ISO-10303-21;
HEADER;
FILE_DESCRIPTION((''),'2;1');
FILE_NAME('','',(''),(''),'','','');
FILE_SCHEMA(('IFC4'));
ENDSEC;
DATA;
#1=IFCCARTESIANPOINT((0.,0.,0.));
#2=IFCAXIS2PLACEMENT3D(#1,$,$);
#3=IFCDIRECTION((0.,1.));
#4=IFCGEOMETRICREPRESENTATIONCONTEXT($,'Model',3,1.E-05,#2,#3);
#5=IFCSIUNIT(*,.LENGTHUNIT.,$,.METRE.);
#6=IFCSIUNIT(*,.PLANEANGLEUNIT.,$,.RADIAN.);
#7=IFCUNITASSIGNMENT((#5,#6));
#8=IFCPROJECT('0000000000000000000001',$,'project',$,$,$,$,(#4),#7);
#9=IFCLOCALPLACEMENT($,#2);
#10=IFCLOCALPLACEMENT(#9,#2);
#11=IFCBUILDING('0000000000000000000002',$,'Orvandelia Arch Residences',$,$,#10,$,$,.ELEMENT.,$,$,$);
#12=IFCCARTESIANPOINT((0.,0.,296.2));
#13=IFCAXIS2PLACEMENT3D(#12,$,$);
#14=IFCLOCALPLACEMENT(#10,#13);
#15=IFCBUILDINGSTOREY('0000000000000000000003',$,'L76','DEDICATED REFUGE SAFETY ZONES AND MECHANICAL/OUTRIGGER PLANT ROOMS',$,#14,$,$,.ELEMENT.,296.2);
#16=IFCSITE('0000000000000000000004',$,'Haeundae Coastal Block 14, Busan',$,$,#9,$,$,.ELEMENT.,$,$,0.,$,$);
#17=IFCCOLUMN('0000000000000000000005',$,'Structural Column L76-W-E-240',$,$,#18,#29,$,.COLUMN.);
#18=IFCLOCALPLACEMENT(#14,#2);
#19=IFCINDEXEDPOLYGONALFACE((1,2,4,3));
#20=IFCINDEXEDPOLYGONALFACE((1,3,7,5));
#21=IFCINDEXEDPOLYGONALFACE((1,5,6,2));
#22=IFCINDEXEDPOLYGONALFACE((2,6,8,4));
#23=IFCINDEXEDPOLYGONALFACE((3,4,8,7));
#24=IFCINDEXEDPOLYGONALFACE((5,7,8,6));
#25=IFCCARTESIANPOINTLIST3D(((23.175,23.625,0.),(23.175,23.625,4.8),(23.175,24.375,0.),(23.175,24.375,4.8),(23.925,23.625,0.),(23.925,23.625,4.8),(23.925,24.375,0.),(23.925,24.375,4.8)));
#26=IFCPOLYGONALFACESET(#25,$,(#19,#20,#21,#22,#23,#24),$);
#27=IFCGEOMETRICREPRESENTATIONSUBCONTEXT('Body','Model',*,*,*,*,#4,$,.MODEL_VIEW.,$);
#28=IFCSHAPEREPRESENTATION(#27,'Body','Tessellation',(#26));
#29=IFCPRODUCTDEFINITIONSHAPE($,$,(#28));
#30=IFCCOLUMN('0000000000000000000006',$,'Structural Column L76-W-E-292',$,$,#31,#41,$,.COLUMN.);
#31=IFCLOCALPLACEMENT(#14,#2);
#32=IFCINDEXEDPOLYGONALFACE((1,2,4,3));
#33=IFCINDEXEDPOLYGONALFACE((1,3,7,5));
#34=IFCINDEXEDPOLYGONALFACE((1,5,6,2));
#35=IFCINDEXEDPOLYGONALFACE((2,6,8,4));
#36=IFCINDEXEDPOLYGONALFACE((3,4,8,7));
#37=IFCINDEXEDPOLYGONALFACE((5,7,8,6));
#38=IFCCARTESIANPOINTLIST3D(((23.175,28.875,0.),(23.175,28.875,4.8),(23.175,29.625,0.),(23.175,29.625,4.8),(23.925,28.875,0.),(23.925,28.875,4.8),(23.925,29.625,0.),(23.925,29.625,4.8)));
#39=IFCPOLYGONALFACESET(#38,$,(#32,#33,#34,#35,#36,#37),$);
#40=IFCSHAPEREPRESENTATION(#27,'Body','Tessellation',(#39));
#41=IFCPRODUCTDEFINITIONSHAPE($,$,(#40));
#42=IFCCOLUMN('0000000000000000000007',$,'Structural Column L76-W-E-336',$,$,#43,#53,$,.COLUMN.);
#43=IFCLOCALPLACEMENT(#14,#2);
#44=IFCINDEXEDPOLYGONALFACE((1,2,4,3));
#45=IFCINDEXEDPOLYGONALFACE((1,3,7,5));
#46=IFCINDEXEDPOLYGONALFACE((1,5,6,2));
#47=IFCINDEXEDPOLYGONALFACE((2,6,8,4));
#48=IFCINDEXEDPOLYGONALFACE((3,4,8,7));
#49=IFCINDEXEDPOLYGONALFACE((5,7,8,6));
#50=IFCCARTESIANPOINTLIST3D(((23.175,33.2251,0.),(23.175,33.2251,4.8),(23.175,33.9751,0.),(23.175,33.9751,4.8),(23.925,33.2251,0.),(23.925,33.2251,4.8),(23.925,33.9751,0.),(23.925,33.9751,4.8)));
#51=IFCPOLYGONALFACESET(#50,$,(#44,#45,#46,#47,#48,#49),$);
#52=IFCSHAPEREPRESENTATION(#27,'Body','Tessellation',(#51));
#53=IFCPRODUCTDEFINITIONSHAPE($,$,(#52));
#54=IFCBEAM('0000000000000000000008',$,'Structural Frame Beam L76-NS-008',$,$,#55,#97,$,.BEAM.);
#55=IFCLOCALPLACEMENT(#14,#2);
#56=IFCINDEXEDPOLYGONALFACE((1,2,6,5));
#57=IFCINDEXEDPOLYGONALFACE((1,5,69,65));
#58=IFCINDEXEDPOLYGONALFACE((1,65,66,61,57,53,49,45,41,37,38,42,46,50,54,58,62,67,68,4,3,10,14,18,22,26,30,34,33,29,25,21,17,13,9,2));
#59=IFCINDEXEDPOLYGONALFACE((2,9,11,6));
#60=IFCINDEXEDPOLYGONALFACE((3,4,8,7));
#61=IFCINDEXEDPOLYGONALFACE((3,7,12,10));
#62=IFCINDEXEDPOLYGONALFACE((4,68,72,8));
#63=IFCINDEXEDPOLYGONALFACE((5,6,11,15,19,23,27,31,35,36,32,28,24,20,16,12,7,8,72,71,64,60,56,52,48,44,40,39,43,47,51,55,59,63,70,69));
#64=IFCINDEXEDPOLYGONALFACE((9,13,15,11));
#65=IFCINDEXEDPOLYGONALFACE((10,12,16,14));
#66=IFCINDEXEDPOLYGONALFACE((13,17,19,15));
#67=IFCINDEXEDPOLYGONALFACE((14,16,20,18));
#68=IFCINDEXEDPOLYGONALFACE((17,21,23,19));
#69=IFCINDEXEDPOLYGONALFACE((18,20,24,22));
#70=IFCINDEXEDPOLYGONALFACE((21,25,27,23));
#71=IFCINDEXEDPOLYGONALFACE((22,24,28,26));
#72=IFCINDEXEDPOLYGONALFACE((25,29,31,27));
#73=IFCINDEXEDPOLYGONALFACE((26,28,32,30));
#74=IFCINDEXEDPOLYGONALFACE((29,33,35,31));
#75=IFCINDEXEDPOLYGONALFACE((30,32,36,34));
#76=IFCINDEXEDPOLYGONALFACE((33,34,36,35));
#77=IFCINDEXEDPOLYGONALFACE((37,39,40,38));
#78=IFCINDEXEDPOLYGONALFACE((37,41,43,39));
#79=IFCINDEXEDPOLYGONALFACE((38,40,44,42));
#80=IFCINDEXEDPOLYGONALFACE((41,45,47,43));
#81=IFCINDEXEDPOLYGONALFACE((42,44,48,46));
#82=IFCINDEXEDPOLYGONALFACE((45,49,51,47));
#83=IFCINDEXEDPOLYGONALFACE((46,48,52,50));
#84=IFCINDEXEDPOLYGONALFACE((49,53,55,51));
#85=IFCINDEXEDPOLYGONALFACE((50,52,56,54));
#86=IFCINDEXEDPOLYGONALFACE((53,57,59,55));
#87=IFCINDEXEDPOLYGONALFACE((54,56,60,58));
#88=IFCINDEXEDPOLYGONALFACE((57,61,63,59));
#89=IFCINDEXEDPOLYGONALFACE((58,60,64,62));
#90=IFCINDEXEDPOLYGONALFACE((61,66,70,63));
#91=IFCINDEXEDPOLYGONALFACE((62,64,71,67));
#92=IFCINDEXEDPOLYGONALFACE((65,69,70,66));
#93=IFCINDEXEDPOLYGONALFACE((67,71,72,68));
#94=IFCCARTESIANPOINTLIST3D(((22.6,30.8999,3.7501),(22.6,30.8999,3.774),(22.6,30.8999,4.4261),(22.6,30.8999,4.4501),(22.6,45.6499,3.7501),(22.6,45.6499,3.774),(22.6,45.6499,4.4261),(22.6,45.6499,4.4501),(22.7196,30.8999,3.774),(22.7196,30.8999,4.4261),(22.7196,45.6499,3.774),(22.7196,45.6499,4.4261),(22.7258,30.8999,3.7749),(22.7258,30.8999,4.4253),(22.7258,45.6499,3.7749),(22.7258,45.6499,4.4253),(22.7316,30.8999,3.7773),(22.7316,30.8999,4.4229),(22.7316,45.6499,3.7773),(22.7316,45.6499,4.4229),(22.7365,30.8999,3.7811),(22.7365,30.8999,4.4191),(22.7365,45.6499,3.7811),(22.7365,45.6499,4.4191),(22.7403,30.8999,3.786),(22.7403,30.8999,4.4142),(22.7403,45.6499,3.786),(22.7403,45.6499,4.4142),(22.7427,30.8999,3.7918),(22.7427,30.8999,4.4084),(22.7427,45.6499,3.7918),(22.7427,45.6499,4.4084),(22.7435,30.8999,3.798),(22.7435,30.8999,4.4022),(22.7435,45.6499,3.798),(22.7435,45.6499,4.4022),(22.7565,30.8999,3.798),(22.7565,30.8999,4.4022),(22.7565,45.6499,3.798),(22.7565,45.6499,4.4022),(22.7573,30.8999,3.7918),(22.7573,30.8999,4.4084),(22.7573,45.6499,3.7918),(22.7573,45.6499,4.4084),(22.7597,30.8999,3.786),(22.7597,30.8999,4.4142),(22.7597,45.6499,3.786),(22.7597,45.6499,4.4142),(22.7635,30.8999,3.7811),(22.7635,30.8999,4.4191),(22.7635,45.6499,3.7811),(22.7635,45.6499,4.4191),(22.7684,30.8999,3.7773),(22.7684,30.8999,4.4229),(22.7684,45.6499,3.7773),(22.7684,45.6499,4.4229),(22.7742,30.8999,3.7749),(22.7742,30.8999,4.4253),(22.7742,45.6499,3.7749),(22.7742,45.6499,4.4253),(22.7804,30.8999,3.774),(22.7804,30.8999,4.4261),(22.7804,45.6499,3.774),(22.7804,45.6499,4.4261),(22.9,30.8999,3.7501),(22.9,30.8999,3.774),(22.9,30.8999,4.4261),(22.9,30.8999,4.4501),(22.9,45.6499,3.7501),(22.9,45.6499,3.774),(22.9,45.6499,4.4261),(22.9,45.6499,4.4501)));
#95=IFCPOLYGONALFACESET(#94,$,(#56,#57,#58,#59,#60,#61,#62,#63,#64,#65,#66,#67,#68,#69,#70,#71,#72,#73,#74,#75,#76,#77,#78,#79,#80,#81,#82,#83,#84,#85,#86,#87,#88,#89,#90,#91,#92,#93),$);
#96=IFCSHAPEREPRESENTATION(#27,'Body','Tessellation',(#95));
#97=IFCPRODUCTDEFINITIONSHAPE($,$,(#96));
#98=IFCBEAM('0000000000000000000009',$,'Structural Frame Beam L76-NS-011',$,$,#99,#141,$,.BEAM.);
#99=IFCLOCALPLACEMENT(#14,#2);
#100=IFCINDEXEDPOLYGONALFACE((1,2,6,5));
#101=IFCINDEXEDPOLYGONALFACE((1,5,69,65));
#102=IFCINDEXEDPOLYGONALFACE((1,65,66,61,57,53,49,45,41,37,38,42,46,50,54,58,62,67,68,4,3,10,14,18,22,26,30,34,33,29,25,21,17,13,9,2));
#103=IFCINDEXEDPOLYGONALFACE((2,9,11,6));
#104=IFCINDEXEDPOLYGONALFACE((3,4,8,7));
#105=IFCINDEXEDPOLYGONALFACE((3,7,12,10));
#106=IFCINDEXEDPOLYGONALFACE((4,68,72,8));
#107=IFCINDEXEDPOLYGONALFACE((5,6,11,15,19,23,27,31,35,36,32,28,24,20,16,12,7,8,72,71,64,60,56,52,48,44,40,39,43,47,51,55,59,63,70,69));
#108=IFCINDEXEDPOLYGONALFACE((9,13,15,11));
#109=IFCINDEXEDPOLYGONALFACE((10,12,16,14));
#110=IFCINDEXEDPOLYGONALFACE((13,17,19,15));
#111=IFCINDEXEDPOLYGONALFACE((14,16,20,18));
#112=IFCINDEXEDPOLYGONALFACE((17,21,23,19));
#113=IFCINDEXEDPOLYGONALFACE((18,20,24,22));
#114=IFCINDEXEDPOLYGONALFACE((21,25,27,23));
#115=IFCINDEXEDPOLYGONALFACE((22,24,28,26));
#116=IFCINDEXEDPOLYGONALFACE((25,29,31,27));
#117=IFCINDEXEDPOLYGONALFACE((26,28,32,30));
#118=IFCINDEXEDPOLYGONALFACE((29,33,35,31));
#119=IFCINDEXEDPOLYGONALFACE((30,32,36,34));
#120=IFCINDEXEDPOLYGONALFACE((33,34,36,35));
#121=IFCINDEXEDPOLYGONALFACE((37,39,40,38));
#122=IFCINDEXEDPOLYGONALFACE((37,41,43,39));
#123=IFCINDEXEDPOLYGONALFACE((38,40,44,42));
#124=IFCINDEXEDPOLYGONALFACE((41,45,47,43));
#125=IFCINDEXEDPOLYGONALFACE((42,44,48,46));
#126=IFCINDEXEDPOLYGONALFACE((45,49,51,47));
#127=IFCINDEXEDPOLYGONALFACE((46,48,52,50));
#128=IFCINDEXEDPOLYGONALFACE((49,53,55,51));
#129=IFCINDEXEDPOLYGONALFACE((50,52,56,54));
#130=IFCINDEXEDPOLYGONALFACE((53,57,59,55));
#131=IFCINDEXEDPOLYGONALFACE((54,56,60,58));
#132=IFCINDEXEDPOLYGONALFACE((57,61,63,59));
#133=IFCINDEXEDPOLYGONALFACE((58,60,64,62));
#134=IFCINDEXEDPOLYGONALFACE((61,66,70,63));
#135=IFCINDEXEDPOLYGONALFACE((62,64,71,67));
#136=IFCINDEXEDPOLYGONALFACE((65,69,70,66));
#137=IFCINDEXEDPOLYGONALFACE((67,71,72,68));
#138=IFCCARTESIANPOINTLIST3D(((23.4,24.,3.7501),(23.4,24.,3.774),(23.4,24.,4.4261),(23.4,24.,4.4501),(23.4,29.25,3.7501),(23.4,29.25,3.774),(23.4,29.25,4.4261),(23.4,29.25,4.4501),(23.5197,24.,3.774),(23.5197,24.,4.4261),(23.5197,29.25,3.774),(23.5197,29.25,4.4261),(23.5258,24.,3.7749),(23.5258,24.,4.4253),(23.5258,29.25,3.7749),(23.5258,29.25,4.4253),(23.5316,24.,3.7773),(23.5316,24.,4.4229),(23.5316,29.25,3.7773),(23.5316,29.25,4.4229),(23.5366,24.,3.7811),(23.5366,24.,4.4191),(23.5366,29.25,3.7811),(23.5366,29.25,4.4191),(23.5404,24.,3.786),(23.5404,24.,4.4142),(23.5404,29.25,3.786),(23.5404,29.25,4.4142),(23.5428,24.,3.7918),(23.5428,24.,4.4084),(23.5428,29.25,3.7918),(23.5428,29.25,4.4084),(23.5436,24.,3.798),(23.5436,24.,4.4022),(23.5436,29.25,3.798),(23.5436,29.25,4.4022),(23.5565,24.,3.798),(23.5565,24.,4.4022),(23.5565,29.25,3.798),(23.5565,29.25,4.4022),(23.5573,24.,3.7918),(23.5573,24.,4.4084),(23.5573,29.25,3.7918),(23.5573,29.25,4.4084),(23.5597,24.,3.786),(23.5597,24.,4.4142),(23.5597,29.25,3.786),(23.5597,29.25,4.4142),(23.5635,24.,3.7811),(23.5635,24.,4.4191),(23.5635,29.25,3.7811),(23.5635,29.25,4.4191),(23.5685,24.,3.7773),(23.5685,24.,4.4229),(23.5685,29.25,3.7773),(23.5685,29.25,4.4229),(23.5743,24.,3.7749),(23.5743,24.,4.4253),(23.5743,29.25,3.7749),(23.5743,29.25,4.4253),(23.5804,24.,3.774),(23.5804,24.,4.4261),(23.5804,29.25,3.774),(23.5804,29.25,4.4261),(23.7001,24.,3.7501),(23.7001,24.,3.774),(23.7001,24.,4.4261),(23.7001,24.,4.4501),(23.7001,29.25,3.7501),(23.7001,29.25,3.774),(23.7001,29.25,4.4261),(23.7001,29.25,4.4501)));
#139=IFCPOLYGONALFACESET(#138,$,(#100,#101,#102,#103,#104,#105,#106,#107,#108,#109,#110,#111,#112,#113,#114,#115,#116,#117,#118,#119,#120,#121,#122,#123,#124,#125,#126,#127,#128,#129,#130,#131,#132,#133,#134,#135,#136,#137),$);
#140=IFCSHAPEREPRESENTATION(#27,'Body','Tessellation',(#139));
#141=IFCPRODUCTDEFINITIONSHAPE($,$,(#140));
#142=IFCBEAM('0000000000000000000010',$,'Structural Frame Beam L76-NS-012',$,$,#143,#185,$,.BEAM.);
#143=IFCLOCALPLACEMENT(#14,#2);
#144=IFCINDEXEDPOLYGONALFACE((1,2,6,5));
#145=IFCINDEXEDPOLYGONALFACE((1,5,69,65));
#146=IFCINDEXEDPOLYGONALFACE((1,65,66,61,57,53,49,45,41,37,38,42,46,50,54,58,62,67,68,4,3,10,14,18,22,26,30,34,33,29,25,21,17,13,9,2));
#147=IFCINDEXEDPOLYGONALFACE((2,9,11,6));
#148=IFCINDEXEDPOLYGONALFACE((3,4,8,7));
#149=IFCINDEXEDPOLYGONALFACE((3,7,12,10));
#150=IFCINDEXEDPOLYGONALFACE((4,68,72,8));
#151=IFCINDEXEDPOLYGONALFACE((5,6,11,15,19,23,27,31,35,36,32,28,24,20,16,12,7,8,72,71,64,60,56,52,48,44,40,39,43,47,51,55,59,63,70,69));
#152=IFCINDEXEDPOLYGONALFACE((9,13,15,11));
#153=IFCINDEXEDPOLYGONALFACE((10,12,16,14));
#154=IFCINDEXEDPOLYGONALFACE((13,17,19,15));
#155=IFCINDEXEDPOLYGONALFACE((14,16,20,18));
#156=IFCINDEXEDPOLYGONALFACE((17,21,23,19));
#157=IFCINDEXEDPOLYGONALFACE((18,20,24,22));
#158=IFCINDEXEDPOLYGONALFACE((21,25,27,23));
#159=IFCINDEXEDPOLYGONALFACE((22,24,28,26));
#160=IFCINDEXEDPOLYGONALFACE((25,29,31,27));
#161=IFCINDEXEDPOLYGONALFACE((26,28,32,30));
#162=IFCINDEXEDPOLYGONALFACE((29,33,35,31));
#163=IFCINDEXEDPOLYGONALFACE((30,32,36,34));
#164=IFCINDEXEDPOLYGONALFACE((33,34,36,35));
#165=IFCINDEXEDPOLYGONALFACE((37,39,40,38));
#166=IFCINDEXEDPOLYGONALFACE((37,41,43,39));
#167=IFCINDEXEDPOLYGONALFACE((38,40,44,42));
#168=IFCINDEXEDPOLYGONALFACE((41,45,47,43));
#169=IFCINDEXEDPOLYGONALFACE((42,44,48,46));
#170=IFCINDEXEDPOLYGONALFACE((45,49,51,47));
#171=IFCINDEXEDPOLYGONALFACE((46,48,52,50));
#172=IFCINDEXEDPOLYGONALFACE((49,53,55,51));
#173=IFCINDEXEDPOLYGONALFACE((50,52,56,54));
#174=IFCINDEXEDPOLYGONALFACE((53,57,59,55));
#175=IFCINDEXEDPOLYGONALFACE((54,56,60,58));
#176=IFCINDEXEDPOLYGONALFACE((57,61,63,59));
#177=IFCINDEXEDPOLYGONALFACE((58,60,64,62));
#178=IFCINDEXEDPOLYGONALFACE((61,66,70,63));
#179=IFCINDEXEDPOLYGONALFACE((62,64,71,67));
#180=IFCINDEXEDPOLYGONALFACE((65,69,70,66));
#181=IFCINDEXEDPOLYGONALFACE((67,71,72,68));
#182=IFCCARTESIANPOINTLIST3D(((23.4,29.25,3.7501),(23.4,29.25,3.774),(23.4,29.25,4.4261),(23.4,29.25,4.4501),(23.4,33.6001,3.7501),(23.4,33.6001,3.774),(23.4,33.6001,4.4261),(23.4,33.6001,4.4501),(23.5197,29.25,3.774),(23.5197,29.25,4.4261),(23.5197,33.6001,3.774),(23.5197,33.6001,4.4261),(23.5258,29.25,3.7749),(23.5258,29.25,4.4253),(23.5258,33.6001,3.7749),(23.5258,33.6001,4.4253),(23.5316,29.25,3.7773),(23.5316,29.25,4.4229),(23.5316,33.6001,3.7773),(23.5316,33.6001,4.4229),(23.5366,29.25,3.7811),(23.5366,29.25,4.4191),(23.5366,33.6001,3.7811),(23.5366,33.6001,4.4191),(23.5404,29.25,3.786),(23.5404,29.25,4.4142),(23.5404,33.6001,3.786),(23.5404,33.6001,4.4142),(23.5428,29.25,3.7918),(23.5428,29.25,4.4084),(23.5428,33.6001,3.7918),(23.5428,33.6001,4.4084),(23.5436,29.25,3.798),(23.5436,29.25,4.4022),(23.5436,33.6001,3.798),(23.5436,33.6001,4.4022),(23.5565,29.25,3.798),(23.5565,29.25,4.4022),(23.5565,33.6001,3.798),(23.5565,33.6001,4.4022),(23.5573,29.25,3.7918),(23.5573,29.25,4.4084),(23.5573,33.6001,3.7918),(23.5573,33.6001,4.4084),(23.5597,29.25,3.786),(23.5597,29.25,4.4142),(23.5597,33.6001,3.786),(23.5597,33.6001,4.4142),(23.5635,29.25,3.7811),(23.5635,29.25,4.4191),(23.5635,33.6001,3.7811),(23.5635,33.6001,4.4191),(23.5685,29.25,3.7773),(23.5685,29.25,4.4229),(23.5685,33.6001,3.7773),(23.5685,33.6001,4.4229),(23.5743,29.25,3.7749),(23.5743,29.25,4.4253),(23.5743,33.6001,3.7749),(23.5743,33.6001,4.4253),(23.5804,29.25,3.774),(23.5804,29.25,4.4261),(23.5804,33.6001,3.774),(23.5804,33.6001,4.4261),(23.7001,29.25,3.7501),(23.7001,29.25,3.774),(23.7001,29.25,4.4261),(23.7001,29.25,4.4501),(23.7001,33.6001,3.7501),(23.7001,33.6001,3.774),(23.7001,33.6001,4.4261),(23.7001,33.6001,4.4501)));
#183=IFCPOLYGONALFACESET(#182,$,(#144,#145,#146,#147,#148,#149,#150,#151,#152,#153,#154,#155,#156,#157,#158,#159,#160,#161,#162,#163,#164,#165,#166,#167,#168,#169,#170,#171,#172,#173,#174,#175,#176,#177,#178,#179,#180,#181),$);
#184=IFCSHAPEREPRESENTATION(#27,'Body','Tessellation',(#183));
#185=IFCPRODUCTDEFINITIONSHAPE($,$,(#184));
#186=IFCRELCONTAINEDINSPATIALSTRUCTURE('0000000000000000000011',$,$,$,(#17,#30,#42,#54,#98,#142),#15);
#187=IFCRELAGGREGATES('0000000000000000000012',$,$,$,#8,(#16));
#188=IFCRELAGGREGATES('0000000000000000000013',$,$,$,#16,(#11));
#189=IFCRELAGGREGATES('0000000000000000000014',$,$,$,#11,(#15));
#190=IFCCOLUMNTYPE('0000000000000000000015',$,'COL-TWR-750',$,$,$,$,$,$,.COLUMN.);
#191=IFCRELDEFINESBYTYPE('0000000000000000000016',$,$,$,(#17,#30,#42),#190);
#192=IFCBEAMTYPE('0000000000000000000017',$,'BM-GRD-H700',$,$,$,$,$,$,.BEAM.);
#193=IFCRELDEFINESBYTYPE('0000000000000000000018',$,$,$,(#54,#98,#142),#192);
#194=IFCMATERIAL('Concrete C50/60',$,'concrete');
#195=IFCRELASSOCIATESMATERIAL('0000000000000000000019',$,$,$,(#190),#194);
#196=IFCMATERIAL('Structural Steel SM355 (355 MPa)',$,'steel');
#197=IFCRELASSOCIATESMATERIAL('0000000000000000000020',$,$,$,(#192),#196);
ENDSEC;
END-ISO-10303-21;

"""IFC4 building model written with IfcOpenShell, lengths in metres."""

from ifc_helpers import new_model, si_unit, direction, frame, origin, origin_2d, place, context, subcontext, project, spatial, rectangle, i_section, extrude, material, material_profile, profile_set, type_object, element, save


model = new_model("IFC4")

# Units and contexts
model_context = context("Model", 3, precision=1e-05, world=origin(), true_north=direction((0.0, 1.0)))
body_context = subcontext(model_context, "Body", "Model", "MODEL_VIEW")
ifc_project = project(units=[si_unit("LENGTHUNIT", "METRE"), si_unit("PLANEANGLEUNIT", "RADIAN")], contexts=[model_context])

# Site, building, storey
site_placement = place(None, origin())
site = spatial("IfcSite", under=ifc_project, at=site_placement, Name="Haeundae Coastal Block 14, Busan", CompositionType="ELEMENT", RefElevation=0.0)
building_placement = place(site_placement, origin())
building = spatial("IfcBuilding", under=site, at=building_placement, Name="Orvandelia Arch Residences", CompositionType="ELEMENT")
storey_placement = place(building_placement, frame((0.0, 0.0, 296.2)))
storey = spatial("IfcBuildingStorey", under=building, at=storey_placement, Name="L76", Description="DEDICATED REFUGE SAFETY ZONES AND MECHANICAL/OUTRIGGER PLANT ROOMS", CompositionType="ELEMENT", Elevation=296.2)

# Columns
ifc_material_1 = material(Name="Concrete C50/60", Category="concrete")
ifc_material_profile_1 = material_profile(ifc_material_1, rectangle(XDim=0.75, YDim=0.75, at=origin_2d()), Name="Concrete C50/60", Category="concrete")
ifc_profile_set_1 = profile_set([ifc_material_profile_1], Name="Concrete C50/60")
column_type = type_object("IfcColumnType", Name="COL-TWR-750", PredefinedType="COLUMN", material=ifc_profile_set_1)
for number, where, z_axis, x_axis, name in (
    (1, (23.55, 24.0, 0.0), (0.0, 0.0, 1.0), (1.0, 0.0, 0.0), "Structural Column L76-W-E-240"),
    (2, (23.55, 29.25, 0.0), (0.0, 0.0, 1.0), (1.0, 0.0, 0.0), "Structural Column L76-W-E-292"),
    (3, (23.55, 33.6001, 0.0), (0.0, 0.0, 1.0), (1.0, 0.0, 0.0), "Structural Column L76-W-E-336"),
):
    element("IfcColumn", number, at=place(storey_placement, frame(where, z_axis=z_axis, x_axis=x_axis)), inside=storey, type_object=column_type, Name=name, PredefinedType="COLUMN", context=body_context, shape_type="SweptSolid", body=[
        extrude(rectangle(XDim=0.75, YDim=0.75, at=origin_2d()), origin(), (0.0, 0.0, 1.0), 4.8),
    ])

# Beams
ifc_material_2 = material(Name="Structural Steel SM355 (355 MPa)", Category="steel")
ifc_material_profile_2 = material_profile(ifc_material_2, i_section(OverallWidth=0.3, OverallDepth=0.7, WebThickness=0.0129, FlangeThickness=0.0239, FilletRadius=0.0239, at=origin_2d()), Name="Structural Steel SM355 (355 MPa)", Category="steel")
ifc_profile_set_2 = profile_set([ifc_material_profile_2], Name="Structural Steel SM355 (355 MPa)")
beam_type = type_object("IfcBeamType", Name="BM-GRD-H700", PredefinedType="BEAM", material=ifc_profile_set_2)
beam_1_placement = place(storey_placement, frame((22.75, 30.8999, 4.1001), z_axis=(0.0, 1.0, 0.0), x_axis=(-1.0, 0.0, 0.0)))
element("IfcBeam", 4, at=beam_1_placement, inside=storey, type_object=beam_type, Name="Structural Frame Beam L76-NS-008", PredefinedType="BEAM", context=body_context, shape_type="SweptSolid", body=[
    extrude(i_section(OverallWidth=0.3, OverallDepth=0.7, WebThickness=0.0129, FlangeThickness=0.0239, FilletRadius=0.0239, at=origin_2d()), origin(), (0.0, 0.0, 1.0), 14.75),
])
beam_2_placement = place(storey_placement, frame((23.55, 24.0, 4.1001), z_axis=(0.0, 1.0, 0.0), x_axis=(-1.0, 0.0, 0.0)))
element("IfcBeam", 5, at=beam_2_placement, inside=storey, type_object=beam_type, Name="Structural Frame Beam L76-NS-011", PredefinedType="BEAM", context=body_context, shape_type="SweptSolid", body=[
    extrude(i_section(OverallWidth=0.3, OverallDepth=0.7, WebThickness=0.0129, FlangeThickness=0.0239, FilletRadius=0.0239, at=origin_2d()), origin(), (0.0, 0.0, 1.0), 5.25),
])
beam_3_placement = place(storey_placement, frame((23.55, 29.25, 4.1001), z_axis=(0.0, 1.0, 0.0), x_axis=(-1.0, 0.0, 0.0)))
element("IfcBeam", 6, at=beam_3_placement, inside=storey, type_object=beam_type, Name="Structural Frame Beam L76-NS-012", PredefinedType="BEAM", context=body_context, shape_type="SweptSolid", body=[
    extrude(i_section(OverallWidth=0.3, OverallDepth=0.7, WebThickness=0.0129, FlangeThickness=0.0239, FilletRadius=0.0239, at=origin_2d()), origin(), (0.0, 0.0, 1.0), 4.3501),
])

save(model, "model.ifc")
